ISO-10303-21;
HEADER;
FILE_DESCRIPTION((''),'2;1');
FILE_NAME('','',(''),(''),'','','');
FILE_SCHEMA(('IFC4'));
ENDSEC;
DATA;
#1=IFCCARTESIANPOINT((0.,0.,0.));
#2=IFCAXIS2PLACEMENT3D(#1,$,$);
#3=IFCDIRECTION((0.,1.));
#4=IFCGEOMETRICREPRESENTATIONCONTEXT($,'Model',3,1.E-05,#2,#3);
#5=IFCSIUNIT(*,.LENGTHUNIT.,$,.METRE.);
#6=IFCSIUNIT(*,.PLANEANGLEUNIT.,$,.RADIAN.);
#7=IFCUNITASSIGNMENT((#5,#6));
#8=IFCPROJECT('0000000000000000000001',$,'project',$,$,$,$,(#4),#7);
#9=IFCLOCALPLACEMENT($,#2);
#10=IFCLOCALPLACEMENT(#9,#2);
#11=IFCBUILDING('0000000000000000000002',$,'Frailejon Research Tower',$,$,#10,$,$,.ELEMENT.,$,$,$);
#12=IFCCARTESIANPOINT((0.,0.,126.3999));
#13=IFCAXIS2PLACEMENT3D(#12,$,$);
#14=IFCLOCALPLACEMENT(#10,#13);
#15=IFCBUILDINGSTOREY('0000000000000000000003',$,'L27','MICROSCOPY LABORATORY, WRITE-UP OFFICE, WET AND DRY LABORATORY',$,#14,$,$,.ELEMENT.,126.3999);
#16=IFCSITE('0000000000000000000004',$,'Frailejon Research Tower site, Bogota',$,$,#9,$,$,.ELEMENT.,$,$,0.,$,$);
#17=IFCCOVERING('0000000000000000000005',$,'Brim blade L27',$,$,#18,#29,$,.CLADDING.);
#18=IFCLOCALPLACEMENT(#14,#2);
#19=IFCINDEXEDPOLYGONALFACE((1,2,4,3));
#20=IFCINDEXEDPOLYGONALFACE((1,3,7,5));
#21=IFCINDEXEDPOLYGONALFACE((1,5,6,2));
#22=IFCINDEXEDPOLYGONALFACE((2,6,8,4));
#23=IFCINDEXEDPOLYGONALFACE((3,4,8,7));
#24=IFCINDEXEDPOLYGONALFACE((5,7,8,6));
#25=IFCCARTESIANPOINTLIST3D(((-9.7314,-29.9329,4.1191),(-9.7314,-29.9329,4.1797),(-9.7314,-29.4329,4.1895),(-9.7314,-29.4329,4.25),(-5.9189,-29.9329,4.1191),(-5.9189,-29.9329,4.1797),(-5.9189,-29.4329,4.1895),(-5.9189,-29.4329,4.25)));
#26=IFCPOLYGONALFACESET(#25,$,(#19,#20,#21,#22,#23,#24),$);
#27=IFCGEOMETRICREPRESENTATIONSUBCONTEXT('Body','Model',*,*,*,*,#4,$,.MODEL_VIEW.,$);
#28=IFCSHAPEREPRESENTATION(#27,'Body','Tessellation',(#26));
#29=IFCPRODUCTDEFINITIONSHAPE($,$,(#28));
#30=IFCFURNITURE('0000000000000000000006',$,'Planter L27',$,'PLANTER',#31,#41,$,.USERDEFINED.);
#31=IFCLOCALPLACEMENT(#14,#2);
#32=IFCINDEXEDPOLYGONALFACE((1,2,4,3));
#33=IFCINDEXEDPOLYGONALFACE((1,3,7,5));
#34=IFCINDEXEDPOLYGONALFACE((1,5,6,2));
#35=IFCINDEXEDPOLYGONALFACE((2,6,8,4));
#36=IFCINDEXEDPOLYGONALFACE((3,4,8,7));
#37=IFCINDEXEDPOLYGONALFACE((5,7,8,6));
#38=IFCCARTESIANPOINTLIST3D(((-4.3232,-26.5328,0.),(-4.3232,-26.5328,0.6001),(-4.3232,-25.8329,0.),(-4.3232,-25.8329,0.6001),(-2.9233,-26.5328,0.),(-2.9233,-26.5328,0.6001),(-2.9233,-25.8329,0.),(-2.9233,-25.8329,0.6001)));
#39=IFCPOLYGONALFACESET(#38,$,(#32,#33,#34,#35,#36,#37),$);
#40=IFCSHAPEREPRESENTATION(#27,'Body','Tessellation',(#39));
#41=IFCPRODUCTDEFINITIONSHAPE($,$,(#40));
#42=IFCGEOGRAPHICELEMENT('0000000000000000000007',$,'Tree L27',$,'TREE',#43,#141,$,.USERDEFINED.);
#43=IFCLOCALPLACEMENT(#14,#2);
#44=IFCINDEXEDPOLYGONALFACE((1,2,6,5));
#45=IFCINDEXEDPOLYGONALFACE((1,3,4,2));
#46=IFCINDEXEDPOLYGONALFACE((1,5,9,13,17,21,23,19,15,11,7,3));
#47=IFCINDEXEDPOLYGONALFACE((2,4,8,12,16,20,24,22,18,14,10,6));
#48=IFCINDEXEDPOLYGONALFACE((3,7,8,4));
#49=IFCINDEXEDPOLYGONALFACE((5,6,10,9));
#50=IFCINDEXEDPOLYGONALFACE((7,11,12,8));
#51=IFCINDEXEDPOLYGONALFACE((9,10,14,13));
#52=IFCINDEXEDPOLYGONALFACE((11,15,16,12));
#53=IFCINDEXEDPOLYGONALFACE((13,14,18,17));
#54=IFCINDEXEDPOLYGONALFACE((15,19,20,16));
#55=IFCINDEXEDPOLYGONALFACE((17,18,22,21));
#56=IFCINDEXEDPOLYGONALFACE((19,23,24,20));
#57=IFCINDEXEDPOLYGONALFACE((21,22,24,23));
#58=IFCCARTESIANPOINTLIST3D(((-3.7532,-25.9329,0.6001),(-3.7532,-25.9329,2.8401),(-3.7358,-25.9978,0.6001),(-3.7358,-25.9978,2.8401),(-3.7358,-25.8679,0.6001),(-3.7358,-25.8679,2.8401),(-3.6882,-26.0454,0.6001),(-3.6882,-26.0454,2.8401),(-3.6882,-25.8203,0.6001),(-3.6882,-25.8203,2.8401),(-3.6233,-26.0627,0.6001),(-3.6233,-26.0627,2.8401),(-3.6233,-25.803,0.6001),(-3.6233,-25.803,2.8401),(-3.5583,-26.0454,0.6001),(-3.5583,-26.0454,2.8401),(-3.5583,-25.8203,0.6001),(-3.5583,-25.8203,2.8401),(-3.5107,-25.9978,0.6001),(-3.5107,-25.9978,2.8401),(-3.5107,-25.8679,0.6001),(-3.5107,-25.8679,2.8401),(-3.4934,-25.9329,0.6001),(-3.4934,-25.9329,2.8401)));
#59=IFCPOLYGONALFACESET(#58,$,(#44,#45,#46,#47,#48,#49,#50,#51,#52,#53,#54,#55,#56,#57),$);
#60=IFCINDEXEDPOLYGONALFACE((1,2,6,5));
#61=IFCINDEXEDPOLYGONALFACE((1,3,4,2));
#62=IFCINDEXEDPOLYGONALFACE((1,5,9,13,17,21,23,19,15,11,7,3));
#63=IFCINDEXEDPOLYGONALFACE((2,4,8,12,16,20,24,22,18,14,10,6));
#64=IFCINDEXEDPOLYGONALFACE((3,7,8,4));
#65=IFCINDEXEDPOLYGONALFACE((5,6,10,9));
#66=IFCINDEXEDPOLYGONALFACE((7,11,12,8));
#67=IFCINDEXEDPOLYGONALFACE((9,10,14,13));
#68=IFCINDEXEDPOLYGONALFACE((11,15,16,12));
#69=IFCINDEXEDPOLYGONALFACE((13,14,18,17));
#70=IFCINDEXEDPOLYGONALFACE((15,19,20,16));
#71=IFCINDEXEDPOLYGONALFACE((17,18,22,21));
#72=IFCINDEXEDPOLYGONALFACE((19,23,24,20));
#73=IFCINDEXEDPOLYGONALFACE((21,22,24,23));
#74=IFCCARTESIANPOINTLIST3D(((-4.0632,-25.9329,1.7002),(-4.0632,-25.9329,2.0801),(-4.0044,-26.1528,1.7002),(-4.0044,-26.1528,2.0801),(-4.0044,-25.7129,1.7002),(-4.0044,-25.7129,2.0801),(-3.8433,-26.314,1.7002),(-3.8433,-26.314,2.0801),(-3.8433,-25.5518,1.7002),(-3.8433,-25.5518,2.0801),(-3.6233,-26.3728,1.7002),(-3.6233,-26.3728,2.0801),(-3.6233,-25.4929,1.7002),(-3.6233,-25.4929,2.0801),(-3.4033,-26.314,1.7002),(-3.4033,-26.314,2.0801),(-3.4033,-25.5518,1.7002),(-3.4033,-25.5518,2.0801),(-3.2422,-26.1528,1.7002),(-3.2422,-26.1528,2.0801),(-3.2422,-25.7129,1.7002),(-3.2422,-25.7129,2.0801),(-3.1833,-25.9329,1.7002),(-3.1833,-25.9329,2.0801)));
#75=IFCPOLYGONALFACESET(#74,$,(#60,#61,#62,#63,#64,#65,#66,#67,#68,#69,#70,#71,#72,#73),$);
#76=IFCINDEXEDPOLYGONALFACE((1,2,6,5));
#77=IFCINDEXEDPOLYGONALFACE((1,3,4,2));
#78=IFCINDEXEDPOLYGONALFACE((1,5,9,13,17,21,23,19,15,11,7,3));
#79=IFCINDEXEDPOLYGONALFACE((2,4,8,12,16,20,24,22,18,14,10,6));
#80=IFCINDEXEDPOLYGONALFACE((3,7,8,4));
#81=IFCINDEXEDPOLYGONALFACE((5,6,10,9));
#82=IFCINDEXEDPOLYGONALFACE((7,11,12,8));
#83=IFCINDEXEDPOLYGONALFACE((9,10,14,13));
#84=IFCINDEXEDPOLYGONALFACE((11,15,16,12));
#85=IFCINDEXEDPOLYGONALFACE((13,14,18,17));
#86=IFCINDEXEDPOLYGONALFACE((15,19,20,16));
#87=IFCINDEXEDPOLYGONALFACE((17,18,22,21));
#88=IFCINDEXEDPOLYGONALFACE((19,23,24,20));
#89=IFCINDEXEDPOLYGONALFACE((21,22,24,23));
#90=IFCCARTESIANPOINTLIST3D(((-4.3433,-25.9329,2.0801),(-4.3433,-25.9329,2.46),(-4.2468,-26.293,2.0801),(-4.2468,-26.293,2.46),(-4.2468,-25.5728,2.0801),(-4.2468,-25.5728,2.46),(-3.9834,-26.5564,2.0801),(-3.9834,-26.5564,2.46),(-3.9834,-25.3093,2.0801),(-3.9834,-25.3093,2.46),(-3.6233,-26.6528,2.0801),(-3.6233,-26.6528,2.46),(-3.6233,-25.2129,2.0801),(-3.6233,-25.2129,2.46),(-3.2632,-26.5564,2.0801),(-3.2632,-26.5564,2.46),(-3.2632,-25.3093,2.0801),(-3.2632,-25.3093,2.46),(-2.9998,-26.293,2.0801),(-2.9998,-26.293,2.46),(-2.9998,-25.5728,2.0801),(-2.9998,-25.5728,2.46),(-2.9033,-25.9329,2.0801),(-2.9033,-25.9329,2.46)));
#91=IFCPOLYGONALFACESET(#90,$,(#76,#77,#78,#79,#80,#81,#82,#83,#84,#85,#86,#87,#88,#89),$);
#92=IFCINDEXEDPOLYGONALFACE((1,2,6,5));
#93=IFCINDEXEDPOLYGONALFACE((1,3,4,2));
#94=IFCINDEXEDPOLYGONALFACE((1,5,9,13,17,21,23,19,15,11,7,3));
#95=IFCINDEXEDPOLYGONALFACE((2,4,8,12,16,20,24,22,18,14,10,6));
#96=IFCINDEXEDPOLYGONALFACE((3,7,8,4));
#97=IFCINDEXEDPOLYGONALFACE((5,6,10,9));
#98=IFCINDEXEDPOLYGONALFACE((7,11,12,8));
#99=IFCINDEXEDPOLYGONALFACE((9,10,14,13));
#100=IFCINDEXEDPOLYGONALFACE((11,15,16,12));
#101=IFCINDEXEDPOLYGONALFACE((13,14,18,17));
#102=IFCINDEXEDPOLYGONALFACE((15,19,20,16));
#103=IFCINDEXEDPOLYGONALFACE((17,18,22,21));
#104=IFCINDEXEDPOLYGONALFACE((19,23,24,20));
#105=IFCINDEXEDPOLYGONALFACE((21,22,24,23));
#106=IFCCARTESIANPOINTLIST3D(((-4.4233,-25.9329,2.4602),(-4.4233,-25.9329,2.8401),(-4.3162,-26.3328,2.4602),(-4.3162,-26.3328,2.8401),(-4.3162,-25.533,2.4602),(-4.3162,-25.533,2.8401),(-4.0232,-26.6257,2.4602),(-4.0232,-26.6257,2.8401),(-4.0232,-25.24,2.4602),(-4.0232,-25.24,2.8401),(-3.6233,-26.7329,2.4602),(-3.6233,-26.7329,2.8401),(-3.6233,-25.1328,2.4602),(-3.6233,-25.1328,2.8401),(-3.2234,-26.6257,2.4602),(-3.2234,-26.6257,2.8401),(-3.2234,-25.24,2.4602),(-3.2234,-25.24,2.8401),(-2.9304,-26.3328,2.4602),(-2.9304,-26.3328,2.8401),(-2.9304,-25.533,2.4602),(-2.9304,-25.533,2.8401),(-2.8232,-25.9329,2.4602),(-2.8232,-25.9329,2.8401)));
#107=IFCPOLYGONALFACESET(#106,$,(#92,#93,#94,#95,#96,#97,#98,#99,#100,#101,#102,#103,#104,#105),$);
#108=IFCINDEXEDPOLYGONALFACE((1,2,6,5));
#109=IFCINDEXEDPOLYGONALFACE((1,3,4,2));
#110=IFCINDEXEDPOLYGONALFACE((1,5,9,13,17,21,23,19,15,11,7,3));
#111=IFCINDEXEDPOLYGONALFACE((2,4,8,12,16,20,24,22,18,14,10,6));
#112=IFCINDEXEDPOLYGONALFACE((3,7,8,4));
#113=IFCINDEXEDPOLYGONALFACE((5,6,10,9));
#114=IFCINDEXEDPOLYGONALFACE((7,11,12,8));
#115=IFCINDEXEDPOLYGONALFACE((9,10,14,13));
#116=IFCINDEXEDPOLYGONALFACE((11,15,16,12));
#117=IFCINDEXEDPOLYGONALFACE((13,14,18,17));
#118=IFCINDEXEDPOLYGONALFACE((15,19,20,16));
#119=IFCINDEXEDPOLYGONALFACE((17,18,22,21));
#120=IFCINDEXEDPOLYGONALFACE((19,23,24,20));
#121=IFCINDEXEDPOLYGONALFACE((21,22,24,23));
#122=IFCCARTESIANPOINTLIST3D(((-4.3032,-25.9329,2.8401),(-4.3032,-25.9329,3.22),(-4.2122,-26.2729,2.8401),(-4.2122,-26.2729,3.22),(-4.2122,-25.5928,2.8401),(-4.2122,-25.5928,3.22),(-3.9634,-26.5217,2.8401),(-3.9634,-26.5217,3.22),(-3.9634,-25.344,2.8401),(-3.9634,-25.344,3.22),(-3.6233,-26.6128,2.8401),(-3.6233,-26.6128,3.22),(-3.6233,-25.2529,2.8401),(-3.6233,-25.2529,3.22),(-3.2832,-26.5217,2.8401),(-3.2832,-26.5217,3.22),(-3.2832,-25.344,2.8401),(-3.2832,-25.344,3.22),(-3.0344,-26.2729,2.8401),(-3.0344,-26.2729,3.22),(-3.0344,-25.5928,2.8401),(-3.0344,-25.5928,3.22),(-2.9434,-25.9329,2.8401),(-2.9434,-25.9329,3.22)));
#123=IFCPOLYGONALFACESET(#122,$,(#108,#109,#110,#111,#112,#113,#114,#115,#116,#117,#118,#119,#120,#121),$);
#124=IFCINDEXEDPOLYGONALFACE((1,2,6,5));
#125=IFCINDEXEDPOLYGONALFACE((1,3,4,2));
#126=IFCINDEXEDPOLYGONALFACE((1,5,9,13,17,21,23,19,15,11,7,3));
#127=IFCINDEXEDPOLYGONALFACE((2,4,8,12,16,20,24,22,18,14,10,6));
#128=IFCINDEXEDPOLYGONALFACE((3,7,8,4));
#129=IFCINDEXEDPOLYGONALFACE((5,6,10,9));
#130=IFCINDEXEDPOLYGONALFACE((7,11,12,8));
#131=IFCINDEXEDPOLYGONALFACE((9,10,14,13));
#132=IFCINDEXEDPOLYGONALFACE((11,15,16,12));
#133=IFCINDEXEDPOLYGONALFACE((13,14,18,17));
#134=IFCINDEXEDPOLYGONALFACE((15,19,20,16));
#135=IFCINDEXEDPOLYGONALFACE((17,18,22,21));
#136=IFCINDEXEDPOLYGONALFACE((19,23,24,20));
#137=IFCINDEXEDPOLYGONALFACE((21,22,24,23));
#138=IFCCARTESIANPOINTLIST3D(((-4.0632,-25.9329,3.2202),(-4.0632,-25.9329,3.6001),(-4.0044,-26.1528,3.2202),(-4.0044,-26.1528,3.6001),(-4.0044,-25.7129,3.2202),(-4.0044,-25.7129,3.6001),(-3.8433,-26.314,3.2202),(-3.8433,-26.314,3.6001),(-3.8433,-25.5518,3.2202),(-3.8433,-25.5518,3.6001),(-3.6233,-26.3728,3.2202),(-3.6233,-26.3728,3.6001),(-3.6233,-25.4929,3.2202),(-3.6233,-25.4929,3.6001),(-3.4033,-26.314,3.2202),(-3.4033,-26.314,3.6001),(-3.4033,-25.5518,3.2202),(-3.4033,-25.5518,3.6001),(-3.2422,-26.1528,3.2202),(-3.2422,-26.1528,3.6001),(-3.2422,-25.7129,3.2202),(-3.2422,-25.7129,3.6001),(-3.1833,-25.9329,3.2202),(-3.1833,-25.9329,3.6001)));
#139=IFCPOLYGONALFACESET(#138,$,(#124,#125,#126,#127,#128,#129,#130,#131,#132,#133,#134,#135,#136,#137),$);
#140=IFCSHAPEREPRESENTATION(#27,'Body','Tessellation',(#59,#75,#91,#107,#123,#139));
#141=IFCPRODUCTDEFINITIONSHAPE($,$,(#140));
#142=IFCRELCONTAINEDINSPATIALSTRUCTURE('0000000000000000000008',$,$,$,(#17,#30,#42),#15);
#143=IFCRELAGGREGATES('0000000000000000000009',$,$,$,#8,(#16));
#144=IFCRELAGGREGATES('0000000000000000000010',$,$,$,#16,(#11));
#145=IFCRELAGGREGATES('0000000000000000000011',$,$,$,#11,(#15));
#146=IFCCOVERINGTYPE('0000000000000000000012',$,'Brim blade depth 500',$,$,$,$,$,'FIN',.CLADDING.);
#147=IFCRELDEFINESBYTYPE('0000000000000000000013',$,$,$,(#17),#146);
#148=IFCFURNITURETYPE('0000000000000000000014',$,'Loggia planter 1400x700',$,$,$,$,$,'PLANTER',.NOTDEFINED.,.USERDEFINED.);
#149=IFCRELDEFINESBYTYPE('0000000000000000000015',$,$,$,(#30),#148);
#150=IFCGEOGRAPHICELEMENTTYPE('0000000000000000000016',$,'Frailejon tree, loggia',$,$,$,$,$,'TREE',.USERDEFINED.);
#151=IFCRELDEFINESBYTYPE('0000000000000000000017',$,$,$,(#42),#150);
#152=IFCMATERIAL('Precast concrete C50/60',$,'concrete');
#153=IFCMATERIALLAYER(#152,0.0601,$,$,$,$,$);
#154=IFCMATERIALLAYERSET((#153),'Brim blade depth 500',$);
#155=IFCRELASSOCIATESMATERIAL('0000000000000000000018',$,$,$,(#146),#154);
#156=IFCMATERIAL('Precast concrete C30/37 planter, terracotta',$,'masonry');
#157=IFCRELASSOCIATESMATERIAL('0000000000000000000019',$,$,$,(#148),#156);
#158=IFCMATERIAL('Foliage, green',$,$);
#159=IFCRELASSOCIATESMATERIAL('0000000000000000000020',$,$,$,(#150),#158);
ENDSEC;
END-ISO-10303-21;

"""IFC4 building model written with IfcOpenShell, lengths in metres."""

from ifc_helpers import new_model, si_unit, direction, frame, origin, origin_2d, place, context, subcontext, project, spatial, polyline, rectangle, outline, extrude, material, layer, layer_set, type_object, element, save


model = new_model("IFC4")

# Units and contexts
model_context = context("Model", 3, precision=1e-05, world=origin(), true_north=direction((0.0, 1.0)))
body_context = subcontext(model_context, "Body", "Model", "MODEL_VIEW")
ifc_project = project(units=[si_unit("LENGTHUNIT", "METRE"), si_unit("PLANEANGLEUNIT", "RADIAN")], contexts=[model_context])

# Site, building, storey
site_placement = place(None, origin())
site = spatial("IfcSite", under=ifc_project, at=site_placement, Name="Frailejon Research Tower site, Bogota", CompositionType="ELEMENT", RefElevation=0.0)
building_placement = place(site_placement, origin())
building = spatial("IfcBuilding", under=site, at=building_placement, Name="Frailejon Research Tower", CompositionType="ELEMENT")
storey_placement = place(building_placement, frame((0.0, 0.0, 126.3999)))
storey = spatial("IfcBuildingStorey", under=building, at=storey_placement, Name="L27", Description="MICROSCOPY LABORATORY, WRITE-UP OFFICE, WET AND DRY LABORATORY", CompositionType="ELEMENT", Elevation=126.3999)

# Covering
ifc_material_1 = material(Name="Precast concrete C50/60", Category="concrete")
ifc_layer_1 = layer(ifc_material_1, 0.0601)
ifc_layer_set_1 = layer_set([ifc_layer_1], Name="Brim blade depth 500")
covering_type_1 = type_object("IfcCoveringType", Name="Brim blade depth 500", ElementType="FIN", PredefinedType="CLADDING", material=ifc_layer_set_1)
covering_1_placement = place(storey_placement, frame((-5.9189, -29.4329, 4.25), z_axis=(-1.0, 0.0, 0.0), x_axis=(0.0, -1.0, 0.0)))
element("IfcCovering", 1, at=covering_1_placement, inside=storey, type_object=covering_type_1, Name="Brim blade L27", PredefinedType="CLADDING", context=body_context, shape_type="SweptSolid", body=[
    extrude(outline(polyline([(0.0, -0.0605), (0.5, -0.1309), (0.5, -0.0703), (0.0, 0.0), (0.0, -0.0605)])), origin(), (0.0, 0.0, 1.0), 3.8125),
])

# Furniture
ifc_material_2 = material(Name="Precast concrete C30/37 planter, terracotta", Category="masonry")
furniture_type = type_object("IfcFurnitureType", Name="Loggia planter 1400x700", ElementType="PLANTER", AssemblyPlace="NOTDEFINED", PredefinedType="USERDEFINED", material=ifc_material_2)
furniture_placement = place(storey_placement, frame((-3.6233, -26.1829, 0.0), z_axis=(0.0, 0.0, 1.0), x_axis=(1.0, 0.0, 0.0)))
element("IfcFurniture", 2, at=furniture_placement, inside=storey, type_object=furniture_type, Name="Planter L27", ObjectType="PLANTER", PredefinedType="USERDEFINED", context=body_context, shape_type="SweptSolid", body=[
    extrude(rectangle(XDim=1.3999, YDim=0.7, at=origin_2d()), origin(), (0.0, 0.0, 1.0), 0.6001),
])

# Geographic element
ifc_material_3 = material(Name="Foliage, green")
geographic_element_type = type_object("IfcGeographicElementType", Name="Frailejon tree, loggia", ElementType="TREE", PredefinedType="USERDEFINED", material=ifc_material_3)
geographic_element_placement = place(storey_placement, frame((-3.6233, -25.9329, 0.6001)))
element("IfcGeographicElement", 3, at=geographic_element_placement, inside=storey, type_object=geographic_element_type, Name="Tree L27", ObjectType="TREE", PredefinedType="USERDEFINED", context=body_context, shape_type="SweptSolid", body=[
    extrude(outline(polyline([(0.1299, 0.0), (0.1125, 0.0649), (0.0649, 0.1125), (0.0, 0.1299), (-0.0649, 0.1125), (-0.1125, 0.0649), (-0.1299, 0.0), (-0.1125, -0.0649), (-0.0649, -0.1125), (0.0, -0.1299), (0.0649, -0.1125), (0.1125, -0.0649), (0.1299, 0.0)])), origin(), (0.0, 0.0, 1.0), 2.24),
    extrude(outline(polyline([(0.4399, 0.0), (0.3811, 0.22), (0.22, 0.3811), (0.0, 0.4399), (-0.22, 0.3811), (-0.3811, 0.22), (-0.4399, 0.0), (-0.3811, -0.22), (-0.22, -0.3811), (0.0, -0.4399), (0.22, -0.3811), (0.3811, -0.22), (0.4399, 0.0)])), frame((0.0, 0.0, 1.1001)), (0.0, 0.0, 1.0), 0.3799),
    extrude(outline(polyline([(0.72, 0.0), (0.6235, 0.3601), (0.3601, 0.6235), (0.0, 0.72), (-0.3601, 0.6235), (-0.6235, 0.3601), (-0.72, 0.0), (-0.6235, -0.3601), (-0.3601, -0.6235), (0.0, -0.72), (0.3601, -0.6235), (0.6235, -0.3601), (0.72, 0.0)])), frame((0.0, 0.0, 1.48)), (0.0, 0.0, 1.0), 0.3799),
    extrude(outline(polyline([(0.8, 0.0), (0.6929, 0.3999), (0.3999, 0.6929), (0.0, 0.8), (-0.3999, 0.6929), (-0.6929, 0.3999), (-0.8, 0.0), (-0.6929, -0.3999), (-0.3999, -0.6929), (0.0, -0.8), (0.3999, -0.6929), (0.6929, -0.3999), (0.8, 0.0)])), frame((0.0, 0.0, 1.8601)), (0.0, 0.0, 1.0), 0.3799),
    extrude(outline(polyline([(0.6799, 0.0), (0.5889, 0.3401), (0.3401, 0.5889), (0.0, 0.6799), (-0.3401, 0.5889), (-0.5889, 0.3401), (-0.6799, 0.0), (-0.5889, -0.3401), (-0.3401, -0.5889), (0.0, -0.6799), (0.3401, -0.5889), (0.5889, -0.3401), (0.6799, 0.0)])), frame((0.0, 0.0, 2.24)), (0.0, 0.0, 1.0), 0.3799),
    extrude(outline(polyline([(0.4399, 0.0), (0.3811, 0.22), (0.22, 0.3811), (0.0, 0.4399), (-0.22, 0.3811), (-0.3811, 0.22), (-0.4399, 0.0), (-0.3811, -0.22), (-0.22, -0.3811), (0.0, -0.4399), (0.22, -0.3811), (0.3811, -0.22), (0.4399, 0.0)])), frame((0.0, 0.0, 2.6201)), (0.0, 0.0, 1.0), 0.3799),
])

save(model, "model.ifc")
